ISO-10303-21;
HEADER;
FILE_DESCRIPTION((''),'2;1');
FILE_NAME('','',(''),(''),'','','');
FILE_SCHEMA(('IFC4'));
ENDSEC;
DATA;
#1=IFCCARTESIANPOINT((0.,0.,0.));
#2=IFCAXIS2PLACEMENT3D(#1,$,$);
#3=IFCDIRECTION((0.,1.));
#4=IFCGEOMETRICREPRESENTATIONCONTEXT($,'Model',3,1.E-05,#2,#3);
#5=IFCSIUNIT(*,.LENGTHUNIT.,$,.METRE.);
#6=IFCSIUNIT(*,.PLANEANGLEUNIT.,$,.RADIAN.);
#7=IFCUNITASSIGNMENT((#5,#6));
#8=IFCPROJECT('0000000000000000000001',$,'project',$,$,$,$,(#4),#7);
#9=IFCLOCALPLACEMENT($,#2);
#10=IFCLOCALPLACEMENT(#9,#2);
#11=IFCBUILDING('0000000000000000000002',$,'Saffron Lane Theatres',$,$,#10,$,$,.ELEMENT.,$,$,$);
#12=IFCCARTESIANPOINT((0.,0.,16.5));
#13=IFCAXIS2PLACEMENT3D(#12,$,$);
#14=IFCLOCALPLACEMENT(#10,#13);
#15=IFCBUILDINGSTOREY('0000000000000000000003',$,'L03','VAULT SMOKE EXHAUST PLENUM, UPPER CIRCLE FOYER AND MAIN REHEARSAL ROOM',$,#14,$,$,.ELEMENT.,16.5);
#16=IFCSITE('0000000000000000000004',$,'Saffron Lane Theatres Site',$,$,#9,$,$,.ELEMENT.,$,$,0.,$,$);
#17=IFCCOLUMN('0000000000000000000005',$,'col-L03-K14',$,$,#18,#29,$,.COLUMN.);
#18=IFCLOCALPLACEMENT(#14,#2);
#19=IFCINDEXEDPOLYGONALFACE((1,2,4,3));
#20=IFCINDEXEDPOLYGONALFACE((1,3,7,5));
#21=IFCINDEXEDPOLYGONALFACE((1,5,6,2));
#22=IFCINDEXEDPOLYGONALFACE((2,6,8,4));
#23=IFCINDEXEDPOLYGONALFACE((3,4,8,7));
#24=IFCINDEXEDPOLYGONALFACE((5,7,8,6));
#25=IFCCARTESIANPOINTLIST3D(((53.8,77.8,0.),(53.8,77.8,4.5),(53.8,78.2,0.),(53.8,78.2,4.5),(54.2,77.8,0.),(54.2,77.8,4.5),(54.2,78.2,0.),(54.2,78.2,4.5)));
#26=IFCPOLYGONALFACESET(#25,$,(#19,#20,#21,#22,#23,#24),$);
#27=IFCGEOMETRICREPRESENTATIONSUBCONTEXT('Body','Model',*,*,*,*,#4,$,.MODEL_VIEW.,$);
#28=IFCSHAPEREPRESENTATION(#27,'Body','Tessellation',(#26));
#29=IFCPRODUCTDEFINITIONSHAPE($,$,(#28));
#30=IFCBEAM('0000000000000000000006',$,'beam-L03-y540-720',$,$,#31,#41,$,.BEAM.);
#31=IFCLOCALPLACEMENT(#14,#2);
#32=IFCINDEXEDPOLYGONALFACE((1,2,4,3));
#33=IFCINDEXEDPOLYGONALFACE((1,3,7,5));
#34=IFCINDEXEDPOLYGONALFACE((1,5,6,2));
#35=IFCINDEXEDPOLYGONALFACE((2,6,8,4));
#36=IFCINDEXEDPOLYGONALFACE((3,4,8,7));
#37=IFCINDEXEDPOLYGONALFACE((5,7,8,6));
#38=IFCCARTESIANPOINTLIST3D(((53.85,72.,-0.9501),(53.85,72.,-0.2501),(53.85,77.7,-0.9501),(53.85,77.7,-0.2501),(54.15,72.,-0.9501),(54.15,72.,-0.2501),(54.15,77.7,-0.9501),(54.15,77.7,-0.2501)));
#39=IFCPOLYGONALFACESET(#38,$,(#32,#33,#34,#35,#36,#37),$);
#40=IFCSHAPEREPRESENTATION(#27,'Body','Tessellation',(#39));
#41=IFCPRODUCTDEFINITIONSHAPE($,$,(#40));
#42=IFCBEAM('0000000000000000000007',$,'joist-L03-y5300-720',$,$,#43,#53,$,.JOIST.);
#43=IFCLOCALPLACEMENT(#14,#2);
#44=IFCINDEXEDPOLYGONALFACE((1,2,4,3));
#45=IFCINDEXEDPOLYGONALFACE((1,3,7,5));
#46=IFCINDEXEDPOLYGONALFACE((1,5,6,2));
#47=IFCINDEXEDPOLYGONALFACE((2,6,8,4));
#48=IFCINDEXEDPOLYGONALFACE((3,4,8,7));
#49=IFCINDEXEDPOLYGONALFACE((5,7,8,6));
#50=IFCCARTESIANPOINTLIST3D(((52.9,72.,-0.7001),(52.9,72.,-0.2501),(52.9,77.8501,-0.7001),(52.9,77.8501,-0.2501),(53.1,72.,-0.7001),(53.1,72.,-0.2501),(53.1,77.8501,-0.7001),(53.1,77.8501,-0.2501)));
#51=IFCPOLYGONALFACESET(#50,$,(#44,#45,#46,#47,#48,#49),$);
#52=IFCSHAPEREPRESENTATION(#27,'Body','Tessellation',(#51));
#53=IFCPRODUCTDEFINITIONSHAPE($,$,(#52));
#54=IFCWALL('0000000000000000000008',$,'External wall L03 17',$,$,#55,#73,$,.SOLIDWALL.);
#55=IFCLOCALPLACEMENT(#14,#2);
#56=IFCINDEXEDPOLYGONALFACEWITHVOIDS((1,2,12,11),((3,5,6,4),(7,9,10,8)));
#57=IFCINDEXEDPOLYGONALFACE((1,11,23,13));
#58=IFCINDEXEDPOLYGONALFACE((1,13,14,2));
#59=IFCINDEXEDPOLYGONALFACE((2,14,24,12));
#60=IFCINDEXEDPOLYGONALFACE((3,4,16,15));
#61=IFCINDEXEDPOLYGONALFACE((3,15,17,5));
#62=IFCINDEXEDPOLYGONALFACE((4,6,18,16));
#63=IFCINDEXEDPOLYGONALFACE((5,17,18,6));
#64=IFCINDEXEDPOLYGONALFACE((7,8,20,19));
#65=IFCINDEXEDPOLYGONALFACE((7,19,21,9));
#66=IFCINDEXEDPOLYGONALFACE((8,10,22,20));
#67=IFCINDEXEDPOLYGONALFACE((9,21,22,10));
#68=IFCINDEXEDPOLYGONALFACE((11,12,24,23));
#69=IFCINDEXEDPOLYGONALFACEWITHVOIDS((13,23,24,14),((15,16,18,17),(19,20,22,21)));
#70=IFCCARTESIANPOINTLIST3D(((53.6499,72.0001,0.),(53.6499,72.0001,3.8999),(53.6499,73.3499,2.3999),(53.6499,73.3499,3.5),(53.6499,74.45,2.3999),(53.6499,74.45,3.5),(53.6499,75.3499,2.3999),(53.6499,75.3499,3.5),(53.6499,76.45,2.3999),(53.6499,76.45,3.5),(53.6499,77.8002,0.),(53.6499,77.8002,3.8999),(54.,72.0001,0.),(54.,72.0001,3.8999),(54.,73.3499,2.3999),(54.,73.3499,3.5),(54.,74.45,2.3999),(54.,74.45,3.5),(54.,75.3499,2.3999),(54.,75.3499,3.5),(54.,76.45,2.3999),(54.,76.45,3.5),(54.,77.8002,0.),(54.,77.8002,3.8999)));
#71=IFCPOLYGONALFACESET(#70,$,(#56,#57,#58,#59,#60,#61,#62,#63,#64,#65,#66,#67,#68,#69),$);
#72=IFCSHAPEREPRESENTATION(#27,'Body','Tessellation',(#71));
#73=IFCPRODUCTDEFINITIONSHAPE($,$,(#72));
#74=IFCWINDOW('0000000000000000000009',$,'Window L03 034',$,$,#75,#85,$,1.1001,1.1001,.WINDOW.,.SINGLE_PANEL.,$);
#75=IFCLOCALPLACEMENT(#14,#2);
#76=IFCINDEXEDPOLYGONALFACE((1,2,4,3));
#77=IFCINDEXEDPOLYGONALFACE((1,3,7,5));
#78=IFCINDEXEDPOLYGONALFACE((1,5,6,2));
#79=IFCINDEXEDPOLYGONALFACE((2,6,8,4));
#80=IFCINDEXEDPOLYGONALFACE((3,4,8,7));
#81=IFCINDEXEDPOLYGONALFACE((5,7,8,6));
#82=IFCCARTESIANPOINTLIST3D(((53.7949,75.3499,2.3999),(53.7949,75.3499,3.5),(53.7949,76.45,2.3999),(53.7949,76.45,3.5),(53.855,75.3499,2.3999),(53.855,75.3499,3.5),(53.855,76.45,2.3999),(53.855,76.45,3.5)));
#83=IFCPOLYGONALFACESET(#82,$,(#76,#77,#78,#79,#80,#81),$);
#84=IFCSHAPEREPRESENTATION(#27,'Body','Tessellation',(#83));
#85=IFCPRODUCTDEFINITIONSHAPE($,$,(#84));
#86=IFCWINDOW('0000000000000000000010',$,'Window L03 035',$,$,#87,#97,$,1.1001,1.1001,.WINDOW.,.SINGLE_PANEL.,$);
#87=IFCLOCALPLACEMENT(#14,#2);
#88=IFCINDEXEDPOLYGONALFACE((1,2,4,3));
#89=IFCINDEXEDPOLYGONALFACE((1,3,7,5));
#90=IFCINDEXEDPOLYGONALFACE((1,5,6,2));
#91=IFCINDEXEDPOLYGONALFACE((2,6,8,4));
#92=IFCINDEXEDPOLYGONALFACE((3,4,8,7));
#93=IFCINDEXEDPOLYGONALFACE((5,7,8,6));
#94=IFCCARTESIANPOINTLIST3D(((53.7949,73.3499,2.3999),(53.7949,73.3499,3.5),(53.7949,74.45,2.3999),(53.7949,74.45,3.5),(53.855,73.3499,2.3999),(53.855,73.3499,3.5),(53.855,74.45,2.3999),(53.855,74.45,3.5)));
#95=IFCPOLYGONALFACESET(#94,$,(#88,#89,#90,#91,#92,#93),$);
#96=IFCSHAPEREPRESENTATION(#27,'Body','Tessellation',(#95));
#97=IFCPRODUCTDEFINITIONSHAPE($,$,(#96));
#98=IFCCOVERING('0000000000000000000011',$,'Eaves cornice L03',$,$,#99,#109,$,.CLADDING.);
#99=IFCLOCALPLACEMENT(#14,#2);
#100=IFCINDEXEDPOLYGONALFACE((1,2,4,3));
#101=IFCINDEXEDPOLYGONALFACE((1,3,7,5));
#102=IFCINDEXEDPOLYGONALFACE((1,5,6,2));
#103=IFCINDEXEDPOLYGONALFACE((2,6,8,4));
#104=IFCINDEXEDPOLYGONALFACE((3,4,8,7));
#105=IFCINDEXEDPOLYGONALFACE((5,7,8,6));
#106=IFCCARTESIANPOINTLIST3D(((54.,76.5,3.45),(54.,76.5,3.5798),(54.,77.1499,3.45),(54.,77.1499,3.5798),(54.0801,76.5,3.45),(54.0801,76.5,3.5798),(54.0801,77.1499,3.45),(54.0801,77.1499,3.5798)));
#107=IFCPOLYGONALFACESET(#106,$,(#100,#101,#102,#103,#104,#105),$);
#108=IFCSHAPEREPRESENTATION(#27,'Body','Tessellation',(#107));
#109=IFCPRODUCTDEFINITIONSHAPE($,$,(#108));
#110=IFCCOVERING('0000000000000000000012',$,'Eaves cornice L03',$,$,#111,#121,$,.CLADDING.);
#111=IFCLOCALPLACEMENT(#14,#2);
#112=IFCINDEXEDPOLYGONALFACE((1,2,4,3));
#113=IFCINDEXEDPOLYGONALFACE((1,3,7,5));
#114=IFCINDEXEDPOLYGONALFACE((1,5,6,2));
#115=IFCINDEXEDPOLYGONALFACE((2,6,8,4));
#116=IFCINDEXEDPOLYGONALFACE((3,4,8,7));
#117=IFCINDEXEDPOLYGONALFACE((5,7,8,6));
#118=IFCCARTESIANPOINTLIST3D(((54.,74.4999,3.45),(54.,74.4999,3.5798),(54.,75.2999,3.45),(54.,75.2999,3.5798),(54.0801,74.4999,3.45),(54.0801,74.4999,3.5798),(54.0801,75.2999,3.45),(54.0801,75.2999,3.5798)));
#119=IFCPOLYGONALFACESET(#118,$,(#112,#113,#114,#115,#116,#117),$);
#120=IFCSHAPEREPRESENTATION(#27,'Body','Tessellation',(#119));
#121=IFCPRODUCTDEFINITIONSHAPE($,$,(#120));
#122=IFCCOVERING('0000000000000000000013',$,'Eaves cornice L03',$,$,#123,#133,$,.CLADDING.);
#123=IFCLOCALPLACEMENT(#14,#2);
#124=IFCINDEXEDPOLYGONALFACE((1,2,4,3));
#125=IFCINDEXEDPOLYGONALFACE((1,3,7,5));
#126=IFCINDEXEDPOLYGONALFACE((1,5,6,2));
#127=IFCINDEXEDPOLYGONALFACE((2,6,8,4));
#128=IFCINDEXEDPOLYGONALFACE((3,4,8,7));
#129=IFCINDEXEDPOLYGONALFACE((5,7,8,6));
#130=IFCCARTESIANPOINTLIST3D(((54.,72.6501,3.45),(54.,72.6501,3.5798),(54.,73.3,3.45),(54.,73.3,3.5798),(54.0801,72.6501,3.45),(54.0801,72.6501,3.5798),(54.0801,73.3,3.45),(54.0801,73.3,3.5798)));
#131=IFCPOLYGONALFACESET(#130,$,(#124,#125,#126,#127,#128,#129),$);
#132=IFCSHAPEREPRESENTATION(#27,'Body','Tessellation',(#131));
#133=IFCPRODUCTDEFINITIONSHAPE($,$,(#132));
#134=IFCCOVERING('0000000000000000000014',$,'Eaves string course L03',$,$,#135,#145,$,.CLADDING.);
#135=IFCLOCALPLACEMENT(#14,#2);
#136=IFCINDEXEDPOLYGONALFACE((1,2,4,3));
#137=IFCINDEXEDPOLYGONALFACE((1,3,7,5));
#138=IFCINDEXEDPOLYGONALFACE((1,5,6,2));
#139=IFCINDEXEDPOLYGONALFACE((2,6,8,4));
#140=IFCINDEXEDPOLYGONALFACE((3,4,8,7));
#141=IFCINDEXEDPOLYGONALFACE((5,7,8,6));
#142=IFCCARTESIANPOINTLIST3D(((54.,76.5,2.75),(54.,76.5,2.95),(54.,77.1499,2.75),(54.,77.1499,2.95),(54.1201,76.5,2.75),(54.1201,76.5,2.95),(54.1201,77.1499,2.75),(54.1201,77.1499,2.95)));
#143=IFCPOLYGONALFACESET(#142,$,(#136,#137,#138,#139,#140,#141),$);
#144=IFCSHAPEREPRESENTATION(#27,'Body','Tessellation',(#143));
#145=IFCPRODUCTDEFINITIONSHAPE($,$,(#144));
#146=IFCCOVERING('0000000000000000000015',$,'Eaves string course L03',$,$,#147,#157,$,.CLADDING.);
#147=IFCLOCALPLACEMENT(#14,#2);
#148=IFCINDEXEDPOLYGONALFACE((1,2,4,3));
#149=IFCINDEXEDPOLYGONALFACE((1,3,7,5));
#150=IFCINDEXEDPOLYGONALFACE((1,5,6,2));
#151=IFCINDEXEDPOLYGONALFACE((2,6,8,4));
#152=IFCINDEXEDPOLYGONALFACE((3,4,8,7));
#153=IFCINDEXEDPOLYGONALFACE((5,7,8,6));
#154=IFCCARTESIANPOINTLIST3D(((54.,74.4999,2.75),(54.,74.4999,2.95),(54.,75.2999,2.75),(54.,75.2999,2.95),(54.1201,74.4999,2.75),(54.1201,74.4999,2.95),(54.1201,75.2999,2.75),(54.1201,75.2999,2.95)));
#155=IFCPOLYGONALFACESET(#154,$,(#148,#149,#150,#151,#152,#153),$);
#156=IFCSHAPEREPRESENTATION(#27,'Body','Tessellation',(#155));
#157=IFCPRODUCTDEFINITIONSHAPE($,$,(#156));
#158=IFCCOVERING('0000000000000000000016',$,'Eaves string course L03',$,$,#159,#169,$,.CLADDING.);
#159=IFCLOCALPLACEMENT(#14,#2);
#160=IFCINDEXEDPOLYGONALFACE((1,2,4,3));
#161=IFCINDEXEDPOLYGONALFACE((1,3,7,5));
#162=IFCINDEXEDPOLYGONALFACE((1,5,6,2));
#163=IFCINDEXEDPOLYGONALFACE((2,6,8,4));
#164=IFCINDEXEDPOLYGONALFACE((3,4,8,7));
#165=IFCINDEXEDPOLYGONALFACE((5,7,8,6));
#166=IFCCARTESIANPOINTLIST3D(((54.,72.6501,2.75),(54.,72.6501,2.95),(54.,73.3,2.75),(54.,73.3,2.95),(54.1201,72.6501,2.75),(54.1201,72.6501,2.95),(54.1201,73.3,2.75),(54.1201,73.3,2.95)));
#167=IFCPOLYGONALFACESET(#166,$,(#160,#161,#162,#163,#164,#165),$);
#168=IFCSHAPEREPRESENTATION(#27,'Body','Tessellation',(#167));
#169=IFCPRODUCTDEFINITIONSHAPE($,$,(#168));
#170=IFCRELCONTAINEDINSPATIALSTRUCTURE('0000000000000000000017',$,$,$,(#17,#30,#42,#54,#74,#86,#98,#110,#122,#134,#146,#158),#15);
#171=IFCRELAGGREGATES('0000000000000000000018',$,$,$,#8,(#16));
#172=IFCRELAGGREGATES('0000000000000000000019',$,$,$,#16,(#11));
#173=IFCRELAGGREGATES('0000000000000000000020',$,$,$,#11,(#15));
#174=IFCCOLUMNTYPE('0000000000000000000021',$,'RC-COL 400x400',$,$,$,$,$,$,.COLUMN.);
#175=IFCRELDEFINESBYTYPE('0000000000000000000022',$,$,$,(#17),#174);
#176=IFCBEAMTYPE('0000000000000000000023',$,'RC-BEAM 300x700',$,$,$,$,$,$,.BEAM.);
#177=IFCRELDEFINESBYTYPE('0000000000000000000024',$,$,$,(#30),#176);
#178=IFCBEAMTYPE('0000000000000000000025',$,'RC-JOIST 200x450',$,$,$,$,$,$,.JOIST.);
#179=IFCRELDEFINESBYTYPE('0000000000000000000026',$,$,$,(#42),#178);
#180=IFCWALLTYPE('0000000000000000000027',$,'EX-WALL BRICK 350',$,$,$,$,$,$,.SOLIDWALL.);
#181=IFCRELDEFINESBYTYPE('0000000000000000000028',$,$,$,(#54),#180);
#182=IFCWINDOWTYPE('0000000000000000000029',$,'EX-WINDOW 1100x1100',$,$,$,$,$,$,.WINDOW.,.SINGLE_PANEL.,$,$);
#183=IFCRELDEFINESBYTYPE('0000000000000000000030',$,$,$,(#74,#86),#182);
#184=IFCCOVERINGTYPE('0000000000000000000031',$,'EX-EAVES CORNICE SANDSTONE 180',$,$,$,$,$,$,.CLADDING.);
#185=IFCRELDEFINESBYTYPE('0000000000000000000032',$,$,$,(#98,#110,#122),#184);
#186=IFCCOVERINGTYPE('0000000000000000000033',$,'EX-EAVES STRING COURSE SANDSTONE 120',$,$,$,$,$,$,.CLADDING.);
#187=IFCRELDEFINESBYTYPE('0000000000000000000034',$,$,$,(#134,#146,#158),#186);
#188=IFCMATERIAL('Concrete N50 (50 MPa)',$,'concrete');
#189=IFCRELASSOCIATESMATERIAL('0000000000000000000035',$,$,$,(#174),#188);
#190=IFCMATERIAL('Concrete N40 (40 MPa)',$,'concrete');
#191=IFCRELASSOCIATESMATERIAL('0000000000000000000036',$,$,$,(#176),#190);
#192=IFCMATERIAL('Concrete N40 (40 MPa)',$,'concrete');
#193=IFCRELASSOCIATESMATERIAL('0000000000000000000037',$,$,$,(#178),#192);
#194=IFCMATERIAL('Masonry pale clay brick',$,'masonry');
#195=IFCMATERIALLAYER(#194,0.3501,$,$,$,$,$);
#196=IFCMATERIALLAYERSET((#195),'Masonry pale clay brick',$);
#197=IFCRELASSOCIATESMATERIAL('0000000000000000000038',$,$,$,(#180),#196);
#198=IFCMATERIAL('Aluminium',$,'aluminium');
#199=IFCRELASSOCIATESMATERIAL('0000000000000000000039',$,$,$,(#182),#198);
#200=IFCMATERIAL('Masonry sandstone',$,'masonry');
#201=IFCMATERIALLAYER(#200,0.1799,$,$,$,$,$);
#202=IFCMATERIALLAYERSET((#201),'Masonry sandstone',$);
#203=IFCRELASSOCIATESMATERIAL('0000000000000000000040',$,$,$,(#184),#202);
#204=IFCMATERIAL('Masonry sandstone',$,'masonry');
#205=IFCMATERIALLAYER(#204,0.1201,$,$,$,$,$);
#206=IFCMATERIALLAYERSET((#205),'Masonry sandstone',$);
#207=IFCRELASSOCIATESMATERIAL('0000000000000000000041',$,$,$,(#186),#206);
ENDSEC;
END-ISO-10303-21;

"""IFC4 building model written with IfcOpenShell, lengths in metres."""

from ifc_helpers import new_model, si_unit, direction, frame, frame_2d, origin, origin_2d, place, context, subcontext, project, spatial, rectangle, extrude, material, layer, layer_set, material_profile, profile_set, type_object, element, fill, save


model = new_model("IFC4")

# Units and contexts
model_context = context("Model", 3, precision=1e-05, world=origin(), true_north=direction((0.0, 1.0)))
body_context = subcontext(model_context, "Body", "Model", "MODEL_VIEW")
ifc_project = project(units=[si_unit("LENGTHUNIT", "METRE"), si_unit("PLANEANGLEUNIT", "RADIAN")], contexts=[model_context])

# Site, building, storey
site_placement = place(None, origin())
site = spatial("IfcSite", under=ifc_project, at=site_placement, Name="Saffron Lane Theatres Site", CompositionType="ELEMENT", RefElevation=0.0)
building_placement = place(site_placement, origin())
building = spatial("IfcBuilding", under=site, at=building_placement, Name="Saffron Lane Theatres", CompositionType="ELEMENT")
storey_placement = place(building_placement, frame((0.0, 0.0, 16.5)))
storey = spatial("IfcBuildingStorey", under=building, at=storey_placement, Name="L03", Description="VAULT SMOKE EXHAUST PLENUM, UPPER CIRCLE FOYER AND MAIN REHEARSAL ROOM", CompositionType="ELEMENT", Elevation=16.5)

# Column
ifc_material_1 = material(Name="Concrete N50 (50 MPa)", Category="concrete")
ifc_material_profile_1 = material_profile(ifc_material_1, rectangle(XDim=0.3999, YDim=0.3999, at=origin_2d()))
ifc_profile_set_1 = profile_set([ifc_material_profile_1], Name="Concrete N50 (50 MPa)")
column_type = type_object("IfcColumnType", Name="RC-COL 400x400", PredefinedType="COLUMN", material=ifc_profile_set_1)
column_placement = place(storey_placement, frame((54.0, 78.0, 0.0), z_axis=(0.0, 0.0, 1.0), x_axis=(1.0, 0.0, 0.0)))
element("IfcColumn", 1, at=column_placement, inside=storey, type_object=column_type, Name="col-L03-K14", PredefinedType="COLUMN", context=body_context, shape_type="SweptSolid", body=[
    extrude(rectangle(XDim=0.3999, YDim=0.3999, at=origin_2d()), origin(), (0.0, 0.0, 1.0), 4.5),
])

# Beams
ifc_material_2 = material(Name="Concrete N40 (40 MPa)", Category="concrete")
ifc_material_profile_2 = material_profile(ifc_material_2, rectangle(XDim=0.3, YDim=0.7, at=origin_2d()))
ifc_profile_set_2 = profile_set([ifc_material_profile_2], Name="Concrete N40 (40 MPa)")
beam_type_1 = type_object("IfcBeamType", Name="RC-BEAM 300x700", PredefinedType="BEAM", material=ifc_profile_set_2)
beam_1_placement = place(storey_placement, frame((54.0, 72.0, -0.6001), z_axis=(0.0, 1.0, 0.0), x_axis=(-1.0, 0.0, 0.0)))
element("IfcBeam", 2, at=beam_1_placement, inside=storey, type_object=beam_type_1, Name="beam-L03-y540-720", PredefinedType="BEAM", context=body_context, shape_type="SweptSolid", body=[
    extrude(rectangle(XDim=0.3, YDim=0.7, at=origin_2d()), origin(), (0.0, 0.0, 1.0), 5.7),
])
ifc_material_3 = material(Name="Concrete N40 (40 MPa)", Category="concrete")
ifc_material_profile_3 = material_profile(ifc_material_3, rectangle(XDim=0.2, YDim=0.45, at=origin_2d()))
ifc_profile_set_3 = profile_set([ifc_material_profile_3], Name="Concrete N40 (40 MPa)")
beam_type_2 = type_object("IfcBeamType", Name="RC-JOIST 200x450", PredefinedType="JOIST", material=ifc_profile_set_3)
beam_2_placement = place(storey_placement, frame((53.0, 72.0, -0.4751), z_axis=(0.0, 1.0, 0.0), x_axis=(-1.0, 0.0, 0.0)))
element("IfcBeam", 3, at=beam_2_placement, inside=storey, type_object=beam_type_2, Name="joist-L03-y5300-720", PredefinedType="JOIST", context=body_context, shape_type="SweptSolid", body=[
    extrude(rectangle(XDim=0.2, YDim=0.45, at=origin_2d()), origin(), (0.0, 0.0, 1.0), 5.8501),
])

# Wall, openings, windows
ifc_material_4 = material(Name="Masonry pale clay brick", Category="masonry")
ifc_layer_1 = layer(ifc_material_4, 0.3501)
ifc_layer_set_1 = layer_set([ifc_layer_1], Name="Masonry pale clay brick")
wall_type = type_object("IfcWallType", Name="EX-WALL BRICK 350", PredefinedType="SOLIDWALL", material=ifc_layer_set_1)
wall_placement = place(storey_placement, frame((53.825, 77.8, 0.0), z_axis=(0.0, 0.0, 1.0), x_axis=(0.0, -1.0, 0.0)))
wall = element("IfcWall", 4, at=wall_placement, inside=storey, type_object=wall_type, Name="External wall L03 17", PredefinedType="SOLIDWALL", context=body_context, shape_type="SweptSolid", body=[
    extrude(rectangle(XDim=5.8, YDim=0.3501, at=frame_2d((2.8999, 0.0))), origin(), (0.0, 0.0, 1.0), 3.8999),
])
opening_1_placement = place(wall_placement, frame((1.3501, 0.0, 2.3999)))
opening_1 = element("IfcOpeningElement", 5, at=opening_1_placement, cuts=wall, PredefinedType="OPENING", context=body_context, shape_type="SweptSolid", body=[
    extrude(rectangle(XDim=1.1001, YDim=1.1001, at=frame_2d((0.55, 0.55))), frame((0.0, 0.1851, 0.0), z_axis=(0.0, -1.0, 0.0), x_axis=(1.0, 0.0, 0.0)), (0.0, 0.0, 1.0), 0.3701),
])
opening_2_placement = place(wall_placement, frame((3.3501, 0.0, 2.3999)))
opening_2 = element("IfcOpeningElement", 6, at=opening_2_placement, cuts=wall, PredefinedType="OPENING", context=body_context, shape_type="SweptSolid", body=[
    extrude(rectangle(XDim=1.1001, YDim=1.1001, at=frame_2d((0.55, 0.55))), frame((0.0, 0.1851, 0.0), z_axis=(0.0, -1.0, 0.0), x_axis=(1.0, 0.0, 0.0)), (0.0, 0.0, 1.0), 0.3701),
])
ifc_material_5 = material(Name="Aluminium", Category="aluminium")
window_type = type_object("IfcWindowType", Name="EX-WINDOW 1100x1100", PartitioningType="SINGLE_PANEL", PredefinedType="WINDOW", material=ifc_material_5)
window_1_placement = place(opening_1_placement, origin())
window_1 = element("IfcWindow", 7, at=window_1_placement, inside=storey, type_object=window_type, Name="Window L03 034", OverallHeight=1.1001, OverallWidth=1.1001, PartitioningType="SINGLE_PANEL", PredefinedType="WINDOW", context=body_context, shape_type="SweptSolid", body=[
    extrude(rectangle(XDim=1.1001, YDim=1.1001, at=frame_2d((0.55, 0.55))), frame((0.0, 0.03, 0.0), z_axis=(0.0, -1.0, 0.0), x_axis=(1.0, 0.0, 0.0)), (0.0, 0.0, 1.0), 0.0601),
])
fill(opening_1, window_1)
window_2_placement = place(opening_2_placement, origin())
window_2 = element("IfcWindow", 8, at=window_2_placement, inside=storey, type_object=window_type, Name="Window L03 035", OverallHeight=1.1001, OverallWidth=1.1001, PartitioningType="SINGLE_PANEL", PredefinedType="WINDOW", context=body_context, shape_type="SweptSolid", body=[
    extrude(rectangle(XDim=1.1001, YDim=1.1001, at=frame_2d((0.55, 0.55))), frame((0.0, 0.03, 0.0), z_axis=(0.0, -1.0, 0.0), x_axis=(1.0, 0.0, 0.0)), (0.0, 0.0, 1.0), 0.0601),
])
fill(opening_2, window_2)

# Coverings
ifc_material_6 = material(Name="Masonry sandstone", Category="masonry")
ifc_layer_2 = layer(ifc_material_6, 0.1799)
ifc_layer_set_2 = layer_set([ifc_layer_2], Name="Masonry sandstone")
covering_type_1 = type_object("IfcCoveringType", Name="EX-EAVES CORNICE SANDSTONE 180", PredefinedType="CLADDING", material=ifc_layer_set_2)
covering_1_placement = place(storey_placement, frame((54.04, 76.825, 3.45), z_axis=(0.0, 0.0, 1.0), x_axis=(0.0, -1.0, 0.0)))
element("IfcCovering", 9, at=covering_1_placement, inside=storey, type_object=covering_type_1, Name="Eaves cornice L03", PredefinedType="CLADDING", context=body_context, shape_type="SweptSolid", body=[
    extrude(rectangle(XDim=0.6499, YDim=0.0801, at=origin_2d()), origin(), (0.0, 0.0, 1.0), 0.1299),
])
covering_2_placement = place(storey_placement, frame((54.04, 74.8999, 3.45), z_axis=(0.0, 0.0, 1.0), x_axis=(0.0, -1.0, 0.0)))
element("IfcCovering", 10, at=covering_2_placement, inside=storey, type_object=covering_type_1, Name="Eaves cornice L03", PredefinedType="CLADDING", context=body_context, shape_type="SweptSolid", body=[
    extrude(rectangle(XDim=0.8, YDim=0.0801, at=origin_2d()), origin(), (0.0, 0.0, 1.0), 0.1299),
])
covering_3_placement = place(storey_placement, frame((54.04, 72.9751, 3.45), z_axis=(0.0, 0.0, 1.0), x_axis=(0.0, -1.0, 0.0)))
element("IfcCovering", 11, at=covering_3_placement, inside=storey, type_object=covering_type_1, Name="Eaves cornice L03", PredefinedType="CLADDING", context=body_context, shape_type="SweptSolid", body=[
    extrude(rectangle(XDim=0.6499, YDim=0.0801, at=origin_2d()), origin(), (0.0, 0.0, 1.0), 0.1299),
])
ifc_material_7 = material(Name="Masonry sandstone", Category="masonry")
ifc_layer_3 = layer(ifc_material_7, 0.1201)
ifc_layer_set_3 = layer_set([ifc_layer_3], Name="Masonry sandstone")
covering_type_2 = type_object("IfcCoveringType", Name="EX-EAVES STRING COURSE SANDSTONE 120", PredefinedType="CLADDING", material=ifc_layer_set_3)
covering_4_placement = place(storey_placement, frame((54.0601, 76.825, 2.75), z_axis=(0.0, 0.0, 1.0), x_axis=(0.0, -1.0, 0.0)))
element("IfcCovering", 12, at=covering_4_placement, inside=storey, type_object=covering_type_2, Name="Eaves string course L03", PredefinedType="CLADDING", context=body_context, shape_type="SweptSolid", body=[
    extrude(rectangle(XDim=0.6499, YDim=0.1201, at=origin_2d()), origin(), (0.0, 0.0, 1.0), 0.2),
])
covering_5_placement = place(storey_placement, frame((54.0601, 74.8999, 2.75), z_axis=(0.0, 0.0, 1.0), x_axis=(0.0, -1.0, 0.0)))
element("IfcCovering", 13, at=covering_5_placement, inside=storey, type_object=covering_type_2, Name="Eaves string course L03", PredefinedType="CLADDING", context=body_context, shape_type="SweptSolid", body=[
    extrude(rectangle(XDim=0.8, YDim=0.1201, at=origin_2d()), origin(), (0.0, 0.0, 1.0), 0.2),
])
covering_6_placement = place(storey_placement, frame((54.0601, 72.9751, 2.75), z_axis=(0.0, 0.0, 1.0), x_axis=(0.0, -1.0, 0.0)))
element("IfcCovering", 14, at=covering_6_placement, inside=storey, type_object=covering_type_2, Name="Eaves string course L03", PredefinedType="CLADDING", context=body_context, shape_type="SweptSolid", body=[
    extrude(rectangle(XDim=0.6499, YDim=0.1201, at=origin_2d()), origin(), (0.0, 0.0, 1.0), 0.2),
])

save(model, "model.ifc")
